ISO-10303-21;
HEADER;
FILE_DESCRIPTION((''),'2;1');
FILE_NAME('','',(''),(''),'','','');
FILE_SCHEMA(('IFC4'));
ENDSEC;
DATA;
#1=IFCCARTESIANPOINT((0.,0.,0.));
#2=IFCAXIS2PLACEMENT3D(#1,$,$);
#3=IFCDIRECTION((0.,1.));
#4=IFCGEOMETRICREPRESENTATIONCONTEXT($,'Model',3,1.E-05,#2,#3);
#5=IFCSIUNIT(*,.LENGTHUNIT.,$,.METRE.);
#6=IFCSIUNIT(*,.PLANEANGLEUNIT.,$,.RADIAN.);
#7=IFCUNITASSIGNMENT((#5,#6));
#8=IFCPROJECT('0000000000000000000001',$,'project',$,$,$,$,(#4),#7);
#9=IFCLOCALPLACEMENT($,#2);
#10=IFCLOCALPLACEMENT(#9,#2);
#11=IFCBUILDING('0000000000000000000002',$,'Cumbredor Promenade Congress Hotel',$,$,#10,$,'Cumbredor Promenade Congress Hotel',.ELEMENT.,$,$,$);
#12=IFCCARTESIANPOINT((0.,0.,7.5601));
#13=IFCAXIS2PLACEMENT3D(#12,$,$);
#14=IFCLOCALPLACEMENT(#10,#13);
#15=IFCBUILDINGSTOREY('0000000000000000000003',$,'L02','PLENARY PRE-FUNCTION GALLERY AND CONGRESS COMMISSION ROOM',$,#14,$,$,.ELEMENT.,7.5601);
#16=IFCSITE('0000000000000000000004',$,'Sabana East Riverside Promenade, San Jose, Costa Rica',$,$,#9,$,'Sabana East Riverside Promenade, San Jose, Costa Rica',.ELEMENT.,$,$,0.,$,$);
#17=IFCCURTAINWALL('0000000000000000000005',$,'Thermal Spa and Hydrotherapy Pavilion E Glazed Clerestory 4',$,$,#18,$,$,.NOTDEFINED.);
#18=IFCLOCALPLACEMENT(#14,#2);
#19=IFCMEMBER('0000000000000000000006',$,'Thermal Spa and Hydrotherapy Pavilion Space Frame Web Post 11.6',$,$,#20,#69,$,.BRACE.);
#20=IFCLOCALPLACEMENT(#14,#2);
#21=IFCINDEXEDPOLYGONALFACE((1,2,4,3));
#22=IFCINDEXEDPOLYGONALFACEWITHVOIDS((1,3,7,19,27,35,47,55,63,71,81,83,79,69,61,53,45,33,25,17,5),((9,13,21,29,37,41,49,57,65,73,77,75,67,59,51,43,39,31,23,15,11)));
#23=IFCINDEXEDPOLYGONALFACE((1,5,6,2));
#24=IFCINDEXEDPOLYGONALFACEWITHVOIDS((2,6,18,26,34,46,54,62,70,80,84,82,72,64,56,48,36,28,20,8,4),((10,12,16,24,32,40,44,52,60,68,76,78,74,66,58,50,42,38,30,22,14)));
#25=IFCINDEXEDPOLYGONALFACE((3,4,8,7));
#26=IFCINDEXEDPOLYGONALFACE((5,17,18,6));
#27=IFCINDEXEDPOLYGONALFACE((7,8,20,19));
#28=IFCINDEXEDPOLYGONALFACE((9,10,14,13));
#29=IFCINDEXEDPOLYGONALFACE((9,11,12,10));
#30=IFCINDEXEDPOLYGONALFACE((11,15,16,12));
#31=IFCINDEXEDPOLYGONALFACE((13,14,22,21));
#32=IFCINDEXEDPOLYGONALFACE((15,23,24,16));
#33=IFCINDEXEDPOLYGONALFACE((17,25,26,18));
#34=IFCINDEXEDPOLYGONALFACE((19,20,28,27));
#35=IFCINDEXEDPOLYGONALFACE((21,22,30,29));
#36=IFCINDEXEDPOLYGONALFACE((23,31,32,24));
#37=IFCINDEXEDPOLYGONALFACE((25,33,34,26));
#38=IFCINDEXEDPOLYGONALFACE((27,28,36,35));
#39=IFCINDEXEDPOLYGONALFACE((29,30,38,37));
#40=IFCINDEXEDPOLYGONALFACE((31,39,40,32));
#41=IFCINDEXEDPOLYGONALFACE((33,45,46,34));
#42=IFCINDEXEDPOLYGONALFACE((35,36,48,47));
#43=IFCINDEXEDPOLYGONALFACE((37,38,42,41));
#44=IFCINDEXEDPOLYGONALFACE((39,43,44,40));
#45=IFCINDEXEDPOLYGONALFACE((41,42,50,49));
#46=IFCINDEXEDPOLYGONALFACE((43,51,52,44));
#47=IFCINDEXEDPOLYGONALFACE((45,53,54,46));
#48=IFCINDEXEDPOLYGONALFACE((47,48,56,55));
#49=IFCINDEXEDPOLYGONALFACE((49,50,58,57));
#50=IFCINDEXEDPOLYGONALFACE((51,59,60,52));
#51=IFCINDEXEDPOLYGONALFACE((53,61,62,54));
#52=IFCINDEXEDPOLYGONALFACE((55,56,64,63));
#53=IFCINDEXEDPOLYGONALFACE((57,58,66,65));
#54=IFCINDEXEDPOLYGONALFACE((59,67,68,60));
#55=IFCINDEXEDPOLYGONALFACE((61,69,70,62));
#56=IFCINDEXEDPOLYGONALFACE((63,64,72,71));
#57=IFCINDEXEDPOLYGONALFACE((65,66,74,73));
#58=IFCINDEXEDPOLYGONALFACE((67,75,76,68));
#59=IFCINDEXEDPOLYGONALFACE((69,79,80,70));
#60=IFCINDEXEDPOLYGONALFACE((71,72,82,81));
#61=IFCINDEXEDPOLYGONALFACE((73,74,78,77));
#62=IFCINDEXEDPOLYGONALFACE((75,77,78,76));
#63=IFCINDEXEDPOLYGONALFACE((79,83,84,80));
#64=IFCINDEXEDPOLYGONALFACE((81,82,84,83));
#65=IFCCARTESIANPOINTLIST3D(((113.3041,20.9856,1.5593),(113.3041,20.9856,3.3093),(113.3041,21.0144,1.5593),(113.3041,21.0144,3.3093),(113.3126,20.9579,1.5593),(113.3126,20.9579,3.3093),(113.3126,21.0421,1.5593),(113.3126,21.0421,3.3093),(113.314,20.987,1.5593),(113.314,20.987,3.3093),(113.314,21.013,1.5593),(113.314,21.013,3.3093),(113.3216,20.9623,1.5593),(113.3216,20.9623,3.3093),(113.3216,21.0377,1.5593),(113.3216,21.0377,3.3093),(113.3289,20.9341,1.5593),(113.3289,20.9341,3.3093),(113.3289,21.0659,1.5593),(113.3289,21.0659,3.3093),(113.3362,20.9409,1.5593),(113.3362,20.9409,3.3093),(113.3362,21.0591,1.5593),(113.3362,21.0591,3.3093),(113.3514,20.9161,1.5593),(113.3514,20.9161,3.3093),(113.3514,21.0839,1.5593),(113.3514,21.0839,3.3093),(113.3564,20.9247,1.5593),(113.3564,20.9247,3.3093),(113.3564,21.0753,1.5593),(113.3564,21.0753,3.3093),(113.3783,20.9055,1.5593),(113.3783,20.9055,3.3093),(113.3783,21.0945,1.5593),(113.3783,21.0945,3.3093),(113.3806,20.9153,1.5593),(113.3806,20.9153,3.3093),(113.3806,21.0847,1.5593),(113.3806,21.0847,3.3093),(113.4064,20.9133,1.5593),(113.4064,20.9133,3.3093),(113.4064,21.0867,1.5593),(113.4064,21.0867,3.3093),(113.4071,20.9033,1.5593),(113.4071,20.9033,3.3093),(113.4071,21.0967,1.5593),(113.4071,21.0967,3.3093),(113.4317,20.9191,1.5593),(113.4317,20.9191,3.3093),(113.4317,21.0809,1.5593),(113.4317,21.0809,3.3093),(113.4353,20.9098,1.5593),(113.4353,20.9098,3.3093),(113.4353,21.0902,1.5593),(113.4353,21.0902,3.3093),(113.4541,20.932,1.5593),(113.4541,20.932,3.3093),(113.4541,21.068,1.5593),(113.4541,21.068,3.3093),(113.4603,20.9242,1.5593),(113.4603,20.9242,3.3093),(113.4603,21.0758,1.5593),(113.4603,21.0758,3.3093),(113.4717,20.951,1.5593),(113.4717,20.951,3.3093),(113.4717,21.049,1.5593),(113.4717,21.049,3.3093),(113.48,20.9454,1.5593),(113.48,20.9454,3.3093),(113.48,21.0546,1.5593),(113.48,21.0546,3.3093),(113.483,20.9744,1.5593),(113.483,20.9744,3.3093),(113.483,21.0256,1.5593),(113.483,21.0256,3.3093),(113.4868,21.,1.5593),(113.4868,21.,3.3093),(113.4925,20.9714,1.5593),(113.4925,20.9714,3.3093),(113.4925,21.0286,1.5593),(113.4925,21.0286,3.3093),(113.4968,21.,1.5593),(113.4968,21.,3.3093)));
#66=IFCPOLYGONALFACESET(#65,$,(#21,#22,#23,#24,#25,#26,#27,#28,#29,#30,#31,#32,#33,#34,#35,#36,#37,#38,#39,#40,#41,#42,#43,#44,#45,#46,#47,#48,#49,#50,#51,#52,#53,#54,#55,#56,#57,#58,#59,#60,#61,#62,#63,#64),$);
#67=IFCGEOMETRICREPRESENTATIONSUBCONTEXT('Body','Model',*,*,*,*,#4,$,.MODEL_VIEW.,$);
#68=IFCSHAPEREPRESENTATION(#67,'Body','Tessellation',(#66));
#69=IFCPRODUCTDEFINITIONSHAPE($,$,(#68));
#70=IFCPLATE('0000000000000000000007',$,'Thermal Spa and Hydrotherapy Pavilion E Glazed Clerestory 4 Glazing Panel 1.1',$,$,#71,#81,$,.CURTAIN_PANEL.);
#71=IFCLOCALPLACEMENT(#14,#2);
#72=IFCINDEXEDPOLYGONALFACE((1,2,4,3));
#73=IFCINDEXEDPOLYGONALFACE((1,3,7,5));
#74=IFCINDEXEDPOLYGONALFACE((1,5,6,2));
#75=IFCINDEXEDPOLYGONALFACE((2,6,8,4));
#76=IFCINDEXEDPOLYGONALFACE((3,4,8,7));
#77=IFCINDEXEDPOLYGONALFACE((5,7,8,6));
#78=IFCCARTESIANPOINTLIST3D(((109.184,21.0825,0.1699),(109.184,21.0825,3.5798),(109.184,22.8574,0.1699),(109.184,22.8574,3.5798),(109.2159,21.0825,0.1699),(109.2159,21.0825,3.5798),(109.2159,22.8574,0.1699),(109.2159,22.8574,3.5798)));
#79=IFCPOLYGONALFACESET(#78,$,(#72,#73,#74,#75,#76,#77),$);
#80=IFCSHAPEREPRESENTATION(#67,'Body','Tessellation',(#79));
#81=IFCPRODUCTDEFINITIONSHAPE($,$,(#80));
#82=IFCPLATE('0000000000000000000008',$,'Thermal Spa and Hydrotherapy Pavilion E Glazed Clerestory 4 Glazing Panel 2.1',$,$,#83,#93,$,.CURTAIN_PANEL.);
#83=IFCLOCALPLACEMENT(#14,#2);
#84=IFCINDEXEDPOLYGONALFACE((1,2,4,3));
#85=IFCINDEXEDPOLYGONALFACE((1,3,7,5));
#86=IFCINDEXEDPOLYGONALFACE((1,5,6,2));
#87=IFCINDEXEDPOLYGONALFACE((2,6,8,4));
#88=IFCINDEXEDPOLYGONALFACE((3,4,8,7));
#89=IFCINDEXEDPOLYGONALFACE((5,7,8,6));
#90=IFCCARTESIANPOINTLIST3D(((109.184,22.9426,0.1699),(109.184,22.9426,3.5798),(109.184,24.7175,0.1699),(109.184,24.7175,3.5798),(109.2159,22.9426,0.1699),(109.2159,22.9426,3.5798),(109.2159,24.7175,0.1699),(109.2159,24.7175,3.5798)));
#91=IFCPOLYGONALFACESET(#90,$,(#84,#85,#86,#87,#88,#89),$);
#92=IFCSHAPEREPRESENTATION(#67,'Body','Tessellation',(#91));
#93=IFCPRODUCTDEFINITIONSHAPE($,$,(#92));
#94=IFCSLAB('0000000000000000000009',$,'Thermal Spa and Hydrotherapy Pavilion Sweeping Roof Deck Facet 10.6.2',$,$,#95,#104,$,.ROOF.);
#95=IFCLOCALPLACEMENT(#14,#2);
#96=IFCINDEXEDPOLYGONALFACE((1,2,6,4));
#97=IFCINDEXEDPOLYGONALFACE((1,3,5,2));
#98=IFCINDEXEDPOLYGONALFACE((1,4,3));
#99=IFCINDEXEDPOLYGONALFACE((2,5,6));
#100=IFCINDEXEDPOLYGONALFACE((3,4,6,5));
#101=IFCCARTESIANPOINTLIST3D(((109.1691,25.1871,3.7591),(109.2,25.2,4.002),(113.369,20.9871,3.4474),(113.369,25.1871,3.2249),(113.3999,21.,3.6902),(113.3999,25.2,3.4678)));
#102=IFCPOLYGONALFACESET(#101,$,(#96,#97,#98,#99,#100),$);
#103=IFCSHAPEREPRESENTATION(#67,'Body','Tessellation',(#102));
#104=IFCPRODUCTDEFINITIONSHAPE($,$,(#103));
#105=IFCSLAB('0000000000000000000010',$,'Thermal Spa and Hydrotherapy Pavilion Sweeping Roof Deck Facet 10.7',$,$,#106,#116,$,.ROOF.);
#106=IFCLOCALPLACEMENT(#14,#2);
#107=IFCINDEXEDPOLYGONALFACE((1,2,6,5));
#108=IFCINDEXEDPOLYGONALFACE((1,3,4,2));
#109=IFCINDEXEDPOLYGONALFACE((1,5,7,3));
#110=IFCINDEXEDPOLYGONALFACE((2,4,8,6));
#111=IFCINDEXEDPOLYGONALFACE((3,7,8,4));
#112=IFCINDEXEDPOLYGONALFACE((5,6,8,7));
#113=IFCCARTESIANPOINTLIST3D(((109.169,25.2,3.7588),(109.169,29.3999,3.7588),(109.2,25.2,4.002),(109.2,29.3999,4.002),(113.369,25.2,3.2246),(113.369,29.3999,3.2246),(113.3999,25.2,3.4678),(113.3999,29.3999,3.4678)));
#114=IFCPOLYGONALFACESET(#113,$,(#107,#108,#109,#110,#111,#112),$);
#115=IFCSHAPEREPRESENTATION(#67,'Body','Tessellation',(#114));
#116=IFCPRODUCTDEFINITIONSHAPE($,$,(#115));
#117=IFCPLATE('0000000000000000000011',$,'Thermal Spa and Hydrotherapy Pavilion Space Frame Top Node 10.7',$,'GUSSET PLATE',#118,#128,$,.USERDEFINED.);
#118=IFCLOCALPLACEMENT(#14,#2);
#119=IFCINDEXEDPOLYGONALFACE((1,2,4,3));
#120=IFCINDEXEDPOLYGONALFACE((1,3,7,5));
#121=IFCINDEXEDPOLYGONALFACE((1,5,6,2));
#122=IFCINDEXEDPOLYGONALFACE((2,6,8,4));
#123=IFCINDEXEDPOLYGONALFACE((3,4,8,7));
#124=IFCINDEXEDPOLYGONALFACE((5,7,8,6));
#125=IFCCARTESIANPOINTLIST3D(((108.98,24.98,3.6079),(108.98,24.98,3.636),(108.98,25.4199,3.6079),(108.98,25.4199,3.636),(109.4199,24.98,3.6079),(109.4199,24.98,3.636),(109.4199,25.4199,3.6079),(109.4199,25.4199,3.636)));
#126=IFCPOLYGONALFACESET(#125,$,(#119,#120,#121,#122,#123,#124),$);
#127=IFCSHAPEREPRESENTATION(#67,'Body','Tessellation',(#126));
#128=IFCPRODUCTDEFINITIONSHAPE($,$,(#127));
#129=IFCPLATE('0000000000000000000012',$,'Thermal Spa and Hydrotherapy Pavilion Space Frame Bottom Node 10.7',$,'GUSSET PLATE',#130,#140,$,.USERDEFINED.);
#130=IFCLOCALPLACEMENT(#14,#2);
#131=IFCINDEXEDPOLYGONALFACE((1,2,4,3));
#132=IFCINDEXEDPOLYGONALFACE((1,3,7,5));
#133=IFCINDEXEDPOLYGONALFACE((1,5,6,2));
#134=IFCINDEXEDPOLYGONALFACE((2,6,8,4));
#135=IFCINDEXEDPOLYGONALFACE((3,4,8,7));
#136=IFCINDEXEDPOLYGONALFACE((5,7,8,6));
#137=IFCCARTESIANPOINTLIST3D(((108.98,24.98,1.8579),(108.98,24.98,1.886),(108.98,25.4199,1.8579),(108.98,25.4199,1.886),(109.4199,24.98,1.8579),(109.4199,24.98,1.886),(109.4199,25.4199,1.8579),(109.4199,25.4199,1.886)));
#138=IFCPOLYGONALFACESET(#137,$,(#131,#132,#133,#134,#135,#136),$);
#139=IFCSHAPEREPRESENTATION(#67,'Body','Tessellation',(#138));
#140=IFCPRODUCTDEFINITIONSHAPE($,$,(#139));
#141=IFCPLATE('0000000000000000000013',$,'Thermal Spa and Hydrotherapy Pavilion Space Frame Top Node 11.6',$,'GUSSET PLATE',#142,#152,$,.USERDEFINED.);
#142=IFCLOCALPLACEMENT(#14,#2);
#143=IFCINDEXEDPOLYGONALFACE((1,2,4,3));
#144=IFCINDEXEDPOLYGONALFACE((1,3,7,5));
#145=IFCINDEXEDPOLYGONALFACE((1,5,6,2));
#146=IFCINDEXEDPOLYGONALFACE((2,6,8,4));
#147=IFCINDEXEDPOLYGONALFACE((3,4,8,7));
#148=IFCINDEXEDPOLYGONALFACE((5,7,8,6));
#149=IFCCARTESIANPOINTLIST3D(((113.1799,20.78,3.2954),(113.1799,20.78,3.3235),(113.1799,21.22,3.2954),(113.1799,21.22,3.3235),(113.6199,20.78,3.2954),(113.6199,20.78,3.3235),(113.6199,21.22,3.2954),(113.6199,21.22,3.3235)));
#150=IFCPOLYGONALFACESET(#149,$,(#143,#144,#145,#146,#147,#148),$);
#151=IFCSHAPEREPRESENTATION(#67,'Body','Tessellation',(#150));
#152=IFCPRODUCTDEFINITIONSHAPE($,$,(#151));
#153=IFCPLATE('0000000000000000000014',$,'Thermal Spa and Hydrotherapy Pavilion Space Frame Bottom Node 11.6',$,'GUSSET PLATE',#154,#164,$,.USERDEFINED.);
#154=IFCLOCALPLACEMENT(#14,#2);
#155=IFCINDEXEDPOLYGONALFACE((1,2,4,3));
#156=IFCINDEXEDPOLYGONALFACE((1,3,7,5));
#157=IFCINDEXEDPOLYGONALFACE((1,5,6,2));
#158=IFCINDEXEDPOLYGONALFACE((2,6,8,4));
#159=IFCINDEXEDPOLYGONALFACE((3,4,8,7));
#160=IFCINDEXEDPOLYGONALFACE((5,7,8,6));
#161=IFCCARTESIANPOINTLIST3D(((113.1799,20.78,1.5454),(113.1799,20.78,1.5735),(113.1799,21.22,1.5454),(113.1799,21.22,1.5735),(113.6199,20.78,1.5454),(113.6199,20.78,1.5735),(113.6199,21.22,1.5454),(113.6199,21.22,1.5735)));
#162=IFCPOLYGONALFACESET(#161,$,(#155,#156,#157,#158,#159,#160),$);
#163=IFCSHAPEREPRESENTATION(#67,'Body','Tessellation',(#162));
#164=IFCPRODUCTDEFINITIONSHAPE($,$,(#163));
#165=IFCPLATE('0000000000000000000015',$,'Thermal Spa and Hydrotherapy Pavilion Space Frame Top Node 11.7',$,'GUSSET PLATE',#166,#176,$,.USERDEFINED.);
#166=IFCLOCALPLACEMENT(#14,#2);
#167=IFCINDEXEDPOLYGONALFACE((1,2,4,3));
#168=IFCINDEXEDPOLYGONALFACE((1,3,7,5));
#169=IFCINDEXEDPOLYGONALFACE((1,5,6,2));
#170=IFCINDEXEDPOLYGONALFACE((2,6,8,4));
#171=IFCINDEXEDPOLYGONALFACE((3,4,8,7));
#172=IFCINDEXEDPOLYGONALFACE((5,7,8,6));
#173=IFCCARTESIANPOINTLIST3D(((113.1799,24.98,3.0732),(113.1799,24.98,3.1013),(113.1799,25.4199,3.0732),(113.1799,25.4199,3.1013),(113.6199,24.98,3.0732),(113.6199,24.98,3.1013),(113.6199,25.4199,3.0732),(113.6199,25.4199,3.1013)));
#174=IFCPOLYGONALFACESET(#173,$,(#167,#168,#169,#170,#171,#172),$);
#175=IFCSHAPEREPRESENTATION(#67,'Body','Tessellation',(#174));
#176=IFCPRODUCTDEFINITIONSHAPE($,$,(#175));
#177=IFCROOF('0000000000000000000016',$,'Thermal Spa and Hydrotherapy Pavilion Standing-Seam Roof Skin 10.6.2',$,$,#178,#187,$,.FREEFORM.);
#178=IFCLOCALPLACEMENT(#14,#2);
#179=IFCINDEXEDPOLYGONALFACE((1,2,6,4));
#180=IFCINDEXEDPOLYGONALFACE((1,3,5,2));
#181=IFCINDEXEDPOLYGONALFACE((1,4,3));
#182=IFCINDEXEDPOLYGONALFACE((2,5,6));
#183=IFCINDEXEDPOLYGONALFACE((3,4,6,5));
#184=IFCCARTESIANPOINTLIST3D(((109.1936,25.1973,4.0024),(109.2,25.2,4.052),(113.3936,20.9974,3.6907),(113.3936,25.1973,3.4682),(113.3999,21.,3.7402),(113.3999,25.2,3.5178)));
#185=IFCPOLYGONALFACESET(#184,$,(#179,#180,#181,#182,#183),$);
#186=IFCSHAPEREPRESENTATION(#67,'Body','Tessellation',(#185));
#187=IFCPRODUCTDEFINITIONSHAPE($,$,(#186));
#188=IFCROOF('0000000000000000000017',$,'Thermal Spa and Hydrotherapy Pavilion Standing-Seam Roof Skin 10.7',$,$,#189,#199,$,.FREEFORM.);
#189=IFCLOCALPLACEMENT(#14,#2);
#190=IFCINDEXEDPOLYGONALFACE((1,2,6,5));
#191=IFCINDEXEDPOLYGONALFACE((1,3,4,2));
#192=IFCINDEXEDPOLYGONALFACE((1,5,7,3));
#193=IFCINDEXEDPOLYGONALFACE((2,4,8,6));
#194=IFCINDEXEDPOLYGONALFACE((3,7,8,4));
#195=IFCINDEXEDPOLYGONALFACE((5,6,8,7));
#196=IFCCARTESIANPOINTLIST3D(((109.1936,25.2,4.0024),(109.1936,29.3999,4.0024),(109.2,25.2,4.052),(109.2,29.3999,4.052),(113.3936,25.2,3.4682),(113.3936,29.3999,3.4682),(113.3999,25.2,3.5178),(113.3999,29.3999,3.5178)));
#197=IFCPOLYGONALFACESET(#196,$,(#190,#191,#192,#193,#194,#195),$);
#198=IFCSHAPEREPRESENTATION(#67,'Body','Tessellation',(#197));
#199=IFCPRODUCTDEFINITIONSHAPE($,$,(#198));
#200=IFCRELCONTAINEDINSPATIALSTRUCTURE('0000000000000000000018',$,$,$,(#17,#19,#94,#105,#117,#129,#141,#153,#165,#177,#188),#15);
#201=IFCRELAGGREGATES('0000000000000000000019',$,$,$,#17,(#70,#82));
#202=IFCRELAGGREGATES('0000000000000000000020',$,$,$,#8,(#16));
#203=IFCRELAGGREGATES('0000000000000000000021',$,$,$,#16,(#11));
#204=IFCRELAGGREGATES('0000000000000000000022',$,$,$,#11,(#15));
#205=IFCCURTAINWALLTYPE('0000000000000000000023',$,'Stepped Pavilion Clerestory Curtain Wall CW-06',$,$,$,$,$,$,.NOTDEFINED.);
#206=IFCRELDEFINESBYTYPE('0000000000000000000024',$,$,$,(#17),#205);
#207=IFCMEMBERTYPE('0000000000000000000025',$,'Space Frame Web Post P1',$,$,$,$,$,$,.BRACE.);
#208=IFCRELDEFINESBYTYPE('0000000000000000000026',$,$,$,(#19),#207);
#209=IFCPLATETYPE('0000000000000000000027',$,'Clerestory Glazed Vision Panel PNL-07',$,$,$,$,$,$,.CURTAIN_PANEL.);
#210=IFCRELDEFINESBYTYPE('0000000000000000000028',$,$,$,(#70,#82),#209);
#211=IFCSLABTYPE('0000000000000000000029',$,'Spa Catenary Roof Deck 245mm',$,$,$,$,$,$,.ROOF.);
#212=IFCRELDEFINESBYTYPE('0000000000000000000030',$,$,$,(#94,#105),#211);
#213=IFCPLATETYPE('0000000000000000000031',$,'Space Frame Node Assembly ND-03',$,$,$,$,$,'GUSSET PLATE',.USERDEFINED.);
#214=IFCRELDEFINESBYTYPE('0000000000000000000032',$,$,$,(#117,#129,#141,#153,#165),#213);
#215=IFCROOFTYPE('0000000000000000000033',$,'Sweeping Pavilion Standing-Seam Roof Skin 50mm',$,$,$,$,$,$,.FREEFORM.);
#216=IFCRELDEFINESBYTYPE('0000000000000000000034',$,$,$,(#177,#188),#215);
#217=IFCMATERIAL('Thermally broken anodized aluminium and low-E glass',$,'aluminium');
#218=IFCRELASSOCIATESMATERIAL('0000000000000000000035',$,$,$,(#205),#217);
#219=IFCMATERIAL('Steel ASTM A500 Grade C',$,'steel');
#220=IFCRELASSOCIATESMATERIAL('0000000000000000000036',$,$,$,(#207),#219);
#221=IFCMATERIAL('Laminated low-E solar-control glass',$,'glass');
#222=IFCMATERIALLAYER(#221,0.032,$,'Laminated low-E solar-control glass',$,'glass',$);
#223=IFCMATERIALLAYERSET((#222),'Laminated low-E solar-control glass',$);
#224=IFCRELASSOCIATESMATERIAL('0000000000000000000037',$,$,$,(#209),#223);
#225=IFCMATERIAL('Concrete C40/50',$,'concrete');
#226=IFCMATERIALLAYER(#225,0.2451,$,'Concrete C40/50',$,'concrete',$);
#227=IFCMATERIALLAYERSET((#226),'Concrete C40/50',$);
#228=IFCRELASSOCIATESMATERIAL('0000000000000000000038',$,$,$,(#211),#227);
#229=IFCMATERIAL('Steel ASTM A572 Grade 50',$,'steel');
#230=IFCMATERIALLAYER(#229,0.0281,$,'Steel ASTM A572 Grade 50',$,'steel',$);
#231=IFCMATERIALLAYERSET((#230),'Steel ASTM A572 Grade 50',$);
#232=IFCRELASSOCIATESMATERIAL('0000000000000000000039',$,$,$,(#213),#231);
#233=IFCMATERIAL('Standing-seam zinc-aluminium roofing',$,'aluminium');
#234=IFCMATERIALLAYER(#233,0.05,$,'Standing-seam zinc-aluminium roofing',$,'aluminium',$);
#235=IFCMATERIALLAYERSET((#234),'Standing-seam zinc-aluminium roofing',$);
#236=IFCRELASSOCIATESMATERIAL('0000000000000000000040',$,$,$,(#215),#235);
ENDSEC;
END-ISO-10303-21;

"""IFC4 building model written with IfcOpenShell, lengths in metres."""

from ifc_helpers import new_model, si_unit, direction, frame, origin, origin_2d, place, context, subcontext, project, spatial, polyline, rectangle, hollow_circle, outline, extrude, material, layer, layer_set, material_profile, profile_set, type_object, element, aggregate, save


model = new_model("IFC4")

# Units and contexts
model_context = context("Model", 3, precision=1e-05, world=origin(), true_north=direction((0.0, 1.0)))
body_context = subcontext(model_context, "Body", "Model", "MODEL_VIEW")
ifc_project = project(units=[si_unit("LENGTHUNIT", "METRE"), si_unit("PLANEANGLEUNIT", "RADIAN")], contexts=[model_context])

# Site, building, storey
site_placement = place(None, origin())
site = spatial("IfcSite", under=ifc_project, at=site_placement, Name="Sabana East Riverside Promenade, San Jose, Costa Rica", LongName="Sabana East Riverside Promenade, San Jose, Costa Rica", CompositionType="ELEMENT", RefElevation=0.0)
building_placement = place(site_placement, origin())
building = spatial("IfcBuilding", under=site, at=building_placement, Name="Cumbredor Promenade Congress Hotel", LongName="Cumbredor Promenade Congress Hotel", CompositionType="ELEMENT")
storey_placement = place(building_placement, frame((0.0, 0.0, 7.5601)))
storey = spatial("IfcBuildingStorey", under=building, at=storey_placement, Name="L02", Description="PLENARY PRE-FUNCTION GALLERY AND CONGRESS COMMISSION ROOM", CompositionType="ELEMENT", Elevation=7.5601)

# Curtain wall
ifc_material_1 = material(Name="Thermally broken anodized aluminium and low-E glass", Category="aluminium")
curtain_wall_type = type_object("IfcCurtainWallType", Name="Stepped Pavilion Clerestory Curtain Wall CW-06", PredefinedType="NOTDEFINED", material=ifc_material_1)
curtain_wall_placement = place(storey_placement, origin())
curtain_wall = element("IfcCurtainWall", 1, at=curtain_wall_placement, inside=storey, type_object=curtain_wall_type, Name="Thermal Spa and Hydrotherapy Pavilion E Glazed Clerestory 4", PredefinedType="NOTDEFINED")

# Member
ifc_material_2 = material(Name="Steel ASTM A500 Grade C", Category="steel")
ifc_material_profile_1 = material_profile(ifc_material_2, hollow_circle(Radius=0.0969, WallThickness=0.01, at=origin_2d()), Name="CHS 193.7x10")
ifc_profile_set_1 = profile_set([ifc_material_profile_1], Name="Steel ASTM A500 Grade C")
member_type_1 = type_object("IfcMemberType", Name="Space Frame Web Post P1", PredefinedType="BRACE", material=ifc_profile_set_1)
for number, where, z_axis, x_axis, name in (
    (2, (113.3999, 21.0, 1.5593), (0.0, 0.0, 1.0), (1.0, 0.0, 0.0), "Thermal Spa and Hydrotherapy Pavilion Space Frame Web Post 11.6"),
):
    element("IfcMember", number, at=place(storey_placement, frame(where, z_axis=z_axis, x_axis=x_axis)), inside=storey, type_object=member_type_1, Name=name, PredefinedType="BRACE", context=body_context, shape_type="SweptSolid", body=[
        extrude(hollow_circle(Radius=0.0969, WallThickness=0.01, at=origin_2d()), origin(), (0.0, 0.0, 1.0), 1.75),
    ])

# Plates
ifc_material_3 = material(Name="Laminated low-E solar-control glass", Category="glass")
ifc_layer_1 = layer(ifc_material_3, 0.032, Name="Laminated low-E solar-control glass", Category="glass")
ifc_layer_set_1 = layer_set([ifc_layer_1], Name="Laminated low-E solar-control glass")
plate_type_1 = type_object("IfcPlateType", Name="Clerestory Glazed Vision Panel PNL-07", PredefinedType="CURTAIN_PANEL", material=ifc_layer_set_1)
plate_1_placement = place(storey_placement, frame((109.2, 21.97, 0.1699), z_axis=(0.0, 0.0, 1.0), x_axis=(0.0, 1.0, 0.0)))
plate_1 = element("IfcPlate", 3, at=plate_1_placement, type_object=plate_type_1, Name="Thermal Spa and Hydrotherapy Pavilion E Glazed Clerestory 4 Glazing Panel 1.1", PredefinedType="CURTAIN_PANEL", context=body_context, shape_type="SweptSolid", body=[
    extrude(rectangle(XDim=1.7749, YDim=0.032, at=origin_2d()), origin(), (0.0, 0.0, 1.0), 3.4099),
])
plate_2_placement = place(storey_placement, frame((109.2, 23.8301, 0.1699), z_axis=(0.0, 0.0, 1.0), x_axis=(0.0, 1.0, 0.0)))
plate_2 = element("IfcPlate", 4, at=plate_2_placement, type_object=plate_type_1, Name="Thermal Spa and Hydrotherapy Pavilion E Glazed Clerestory 4 Glazing Panel 2.1", PredefinedType="CURTAIN_PANEL", context=body_context, shape_type="SweptSolid", body=[
    extrude(rectangle(XDim=1.7749, YDim=0.032, at=origin_2d()), origin(), (0.0, 0.0, 1.0), 3.4099),
])
aggregate(curtain_wall, [plate_1, plate_2])

# Slabs
ifc_material_4 = material(Name="Concrete C40/50", Category="concrete")
ifc_layer_2 = layer(ifc_material_4, 0.2451, Name="Concrete C40/50", Category="concrete")
ifc_layer_set_2 = layer_set([ifc_layer_2], Name="Concrete C40/50")
slab_type = type_object("IfcSlabType", Name="Spa Catenary Roof Deck 245mm", PredefinedType="ROOF", material=ifc_layer_set_2)
slab_1_placement = place(storey_placement, frame((113.3999, 21.0, 3.6902), z_axis=(0.125997, 0.05246, 0.990643), x_axis=(0.0, 0.998601, -0.052882)))
element("IfcSlab", 5, at=slab_1_placement, inside=storey, type_object=slab_type, Name="Thermal Spa and Hydrotherapy Pavilion Sweeping Roof Deck Facet 10.6.2", PredefinedType="ROOF", context=body_context, shape_type="SweptSolid", body=[
    extrude(outline(polyline([(0.0, 0.0), (4.2058, 0.0), (4.1776, 4.2337), (0.0, 0.0)])), origin(), (0.0, 0.0, -1.0), 0.2451),
])
slab_2_placement = place(storey_placement, frame((109.2, 25.2, 4.002), z_axis=(0.126171, 0.0, 0.992009), x_axis=(0.992009, 0.0, -0.126171)))
element("IfcSlab", 6, at=slab_2_placement, inside=storey, type_object=slab_type, Name="Thermal Spa and Hydrotherapy Pavilion Sweeping Roof Deck Facet 10.7", PredefinedType="ROOF", context=body_context, shape_type="SweptSolid", body=[
    extrude(outline(polyline([(0.0, 0.0), (4.2338, 0.0), (4.2338, 4.2), (0.0, 4.2), (0.0, 0.0)])), origin(), (0.0, 0.0, -1.0), 0.2451),
])

# Plates
ifc_material_5 = material(Name="Steel ASTM A572 Grade 50", Category="steel")
ifc_layer_3 = layer(ifc_material_5, 0.0281, Name="Steel ASTM A572 Grade 50", Category="steel")
ifc_layer_set_3 = layer_set([ifc_layer_3], Name="Steel ASTM A572 Grade 50")
plate_type_2 = type_object("IfcPlateType", Name="Space Frame Node Assembly ND-03", ElementType="GUSSET PLATE", PredefinedType="USERDEFINED", material=ifc_layer_set_3)
for number, where, z_axis, x_axis, name in (
    (7, (109.2, 25.2, 3.6079), (0.0, 0.0, 1.0), (1.0, 0.0, 0.0), "Thermal Spa and Hydrotherapy Pavilion Space Frame Top Node 10.7"),
    (8, (109.2, 25.2, 1.8579), (0.0, 0.0, 1.0), (1.0, 0.0, 0.0), "Thermal Spa and Hydrotherapy Pavilion Space Frame Bottom Node 10.7"),
    (9, (113.3999, 21.0, 3.2954), (0.0, 0.0, 1.0), (1.0, 0.0, 0.0), "Thermal Spa and Hydrotherapy Pavilion Space Frame Top Node 11.6"),
    (10, (113.3999, 21.0, 1.5454), (0.0, 0.0, 1.0), (1.0, 0.0, 0.0), "Thermal Spa and Hydrotherapy Pavilion Space Frame Bottom Node 11.6"),
    (11, (113.3999, 25.2, 3.0732), (0.0, 0.0, 1.0), (1.0, 0.0, 0.0), "Thermal Spa and Hydrotherapy Pavilion Space Frame Top Node 11.7"),
):
    element("IfcPlate", number, at=place(storey_placement, frame(where, z_axis=z_axis, x_axis=x_axis)), inside=storey, type_object=plate_type_2, Name=name, ObjectType="GUSSET PLATE", PredefinedType="USERDEFINED", context=body_context, shape_type="SweptSolid", body=[
        extrude(rectangle(XDim=0.4399, YDim=0.4399, at=origin_2d()), origin(), (0.0, 0.0, 1.0), 0.0281),
    ])

# Roofs
ifc_material_6 = material(Name="Standing-seam zinc-aluminium roofing", Category="aluminium")
ifc_layer_4 = layer(ifc_material_6, 0.05, Name="Standing-seam zinc-aluminium roofing", Category="aluminium")
ifc_layer_set_4 = layer_set([ifc_layer_4], Name="Standing-seam zinc-aluminium roofing")
roof_type = type_object("IfcRoofType", Name="Sweeping Pavilion Standing-Seam Roof Skin 50mm", PredefinedType="FREEFORM", material=ifc_layer_set_4)
roof_1_placement = place(storey_placement, frame((113.3999, 21.0, 3.7402), z_axis=(0.125997, 0.05246, 0.990643), x_axis=(0.0, 0.998601, -0.052882)))
element("IfcRoof", 12, at=roof_1_placement, inside=storey, type_object=roof_type, Name="Thermal Spa and Hydrotherapy Pavilion Standing-Seam Roof Skin 10.6.2", PredefinedType="FREEFORM", context=body_context, shape_type="SweptSolid", body=[
    extrude(outline(polyline([(0.0, 0.0), (4.2058, 0.0), (4.1776, 4.2337), (0.0, 0.0)])), origin(), (0.0, 0.0, -1.0), 0.05),
])
roof_2_placement = place(storey_placement, frame((109.2, 25.2, 4.052), z_axis=(0.126171, 0.0, 0.992009), x_axis=(0.992009, 0.0, -0.126171)))
element("IfcRoof", 13, at=roof_2_placement, inside=storey, type_object=roof_type, Name="Thermal Spa and Hydrotherapy Pavilion Standing-Seam Roof Skin 10.7", PredefinedType="FREEFORM", context=body_context, shape_type="SweptSolid", body=[
    extrude(outline(polyline([(0.0, 0.0), (4.2338, 0.0), (4.2338, 4.2), (0.0, 4.2), (0.0, 0.0)])), origin(), (0.0, 0.0, -1.0), 0.05),
])

save(model, "model.ifc")
